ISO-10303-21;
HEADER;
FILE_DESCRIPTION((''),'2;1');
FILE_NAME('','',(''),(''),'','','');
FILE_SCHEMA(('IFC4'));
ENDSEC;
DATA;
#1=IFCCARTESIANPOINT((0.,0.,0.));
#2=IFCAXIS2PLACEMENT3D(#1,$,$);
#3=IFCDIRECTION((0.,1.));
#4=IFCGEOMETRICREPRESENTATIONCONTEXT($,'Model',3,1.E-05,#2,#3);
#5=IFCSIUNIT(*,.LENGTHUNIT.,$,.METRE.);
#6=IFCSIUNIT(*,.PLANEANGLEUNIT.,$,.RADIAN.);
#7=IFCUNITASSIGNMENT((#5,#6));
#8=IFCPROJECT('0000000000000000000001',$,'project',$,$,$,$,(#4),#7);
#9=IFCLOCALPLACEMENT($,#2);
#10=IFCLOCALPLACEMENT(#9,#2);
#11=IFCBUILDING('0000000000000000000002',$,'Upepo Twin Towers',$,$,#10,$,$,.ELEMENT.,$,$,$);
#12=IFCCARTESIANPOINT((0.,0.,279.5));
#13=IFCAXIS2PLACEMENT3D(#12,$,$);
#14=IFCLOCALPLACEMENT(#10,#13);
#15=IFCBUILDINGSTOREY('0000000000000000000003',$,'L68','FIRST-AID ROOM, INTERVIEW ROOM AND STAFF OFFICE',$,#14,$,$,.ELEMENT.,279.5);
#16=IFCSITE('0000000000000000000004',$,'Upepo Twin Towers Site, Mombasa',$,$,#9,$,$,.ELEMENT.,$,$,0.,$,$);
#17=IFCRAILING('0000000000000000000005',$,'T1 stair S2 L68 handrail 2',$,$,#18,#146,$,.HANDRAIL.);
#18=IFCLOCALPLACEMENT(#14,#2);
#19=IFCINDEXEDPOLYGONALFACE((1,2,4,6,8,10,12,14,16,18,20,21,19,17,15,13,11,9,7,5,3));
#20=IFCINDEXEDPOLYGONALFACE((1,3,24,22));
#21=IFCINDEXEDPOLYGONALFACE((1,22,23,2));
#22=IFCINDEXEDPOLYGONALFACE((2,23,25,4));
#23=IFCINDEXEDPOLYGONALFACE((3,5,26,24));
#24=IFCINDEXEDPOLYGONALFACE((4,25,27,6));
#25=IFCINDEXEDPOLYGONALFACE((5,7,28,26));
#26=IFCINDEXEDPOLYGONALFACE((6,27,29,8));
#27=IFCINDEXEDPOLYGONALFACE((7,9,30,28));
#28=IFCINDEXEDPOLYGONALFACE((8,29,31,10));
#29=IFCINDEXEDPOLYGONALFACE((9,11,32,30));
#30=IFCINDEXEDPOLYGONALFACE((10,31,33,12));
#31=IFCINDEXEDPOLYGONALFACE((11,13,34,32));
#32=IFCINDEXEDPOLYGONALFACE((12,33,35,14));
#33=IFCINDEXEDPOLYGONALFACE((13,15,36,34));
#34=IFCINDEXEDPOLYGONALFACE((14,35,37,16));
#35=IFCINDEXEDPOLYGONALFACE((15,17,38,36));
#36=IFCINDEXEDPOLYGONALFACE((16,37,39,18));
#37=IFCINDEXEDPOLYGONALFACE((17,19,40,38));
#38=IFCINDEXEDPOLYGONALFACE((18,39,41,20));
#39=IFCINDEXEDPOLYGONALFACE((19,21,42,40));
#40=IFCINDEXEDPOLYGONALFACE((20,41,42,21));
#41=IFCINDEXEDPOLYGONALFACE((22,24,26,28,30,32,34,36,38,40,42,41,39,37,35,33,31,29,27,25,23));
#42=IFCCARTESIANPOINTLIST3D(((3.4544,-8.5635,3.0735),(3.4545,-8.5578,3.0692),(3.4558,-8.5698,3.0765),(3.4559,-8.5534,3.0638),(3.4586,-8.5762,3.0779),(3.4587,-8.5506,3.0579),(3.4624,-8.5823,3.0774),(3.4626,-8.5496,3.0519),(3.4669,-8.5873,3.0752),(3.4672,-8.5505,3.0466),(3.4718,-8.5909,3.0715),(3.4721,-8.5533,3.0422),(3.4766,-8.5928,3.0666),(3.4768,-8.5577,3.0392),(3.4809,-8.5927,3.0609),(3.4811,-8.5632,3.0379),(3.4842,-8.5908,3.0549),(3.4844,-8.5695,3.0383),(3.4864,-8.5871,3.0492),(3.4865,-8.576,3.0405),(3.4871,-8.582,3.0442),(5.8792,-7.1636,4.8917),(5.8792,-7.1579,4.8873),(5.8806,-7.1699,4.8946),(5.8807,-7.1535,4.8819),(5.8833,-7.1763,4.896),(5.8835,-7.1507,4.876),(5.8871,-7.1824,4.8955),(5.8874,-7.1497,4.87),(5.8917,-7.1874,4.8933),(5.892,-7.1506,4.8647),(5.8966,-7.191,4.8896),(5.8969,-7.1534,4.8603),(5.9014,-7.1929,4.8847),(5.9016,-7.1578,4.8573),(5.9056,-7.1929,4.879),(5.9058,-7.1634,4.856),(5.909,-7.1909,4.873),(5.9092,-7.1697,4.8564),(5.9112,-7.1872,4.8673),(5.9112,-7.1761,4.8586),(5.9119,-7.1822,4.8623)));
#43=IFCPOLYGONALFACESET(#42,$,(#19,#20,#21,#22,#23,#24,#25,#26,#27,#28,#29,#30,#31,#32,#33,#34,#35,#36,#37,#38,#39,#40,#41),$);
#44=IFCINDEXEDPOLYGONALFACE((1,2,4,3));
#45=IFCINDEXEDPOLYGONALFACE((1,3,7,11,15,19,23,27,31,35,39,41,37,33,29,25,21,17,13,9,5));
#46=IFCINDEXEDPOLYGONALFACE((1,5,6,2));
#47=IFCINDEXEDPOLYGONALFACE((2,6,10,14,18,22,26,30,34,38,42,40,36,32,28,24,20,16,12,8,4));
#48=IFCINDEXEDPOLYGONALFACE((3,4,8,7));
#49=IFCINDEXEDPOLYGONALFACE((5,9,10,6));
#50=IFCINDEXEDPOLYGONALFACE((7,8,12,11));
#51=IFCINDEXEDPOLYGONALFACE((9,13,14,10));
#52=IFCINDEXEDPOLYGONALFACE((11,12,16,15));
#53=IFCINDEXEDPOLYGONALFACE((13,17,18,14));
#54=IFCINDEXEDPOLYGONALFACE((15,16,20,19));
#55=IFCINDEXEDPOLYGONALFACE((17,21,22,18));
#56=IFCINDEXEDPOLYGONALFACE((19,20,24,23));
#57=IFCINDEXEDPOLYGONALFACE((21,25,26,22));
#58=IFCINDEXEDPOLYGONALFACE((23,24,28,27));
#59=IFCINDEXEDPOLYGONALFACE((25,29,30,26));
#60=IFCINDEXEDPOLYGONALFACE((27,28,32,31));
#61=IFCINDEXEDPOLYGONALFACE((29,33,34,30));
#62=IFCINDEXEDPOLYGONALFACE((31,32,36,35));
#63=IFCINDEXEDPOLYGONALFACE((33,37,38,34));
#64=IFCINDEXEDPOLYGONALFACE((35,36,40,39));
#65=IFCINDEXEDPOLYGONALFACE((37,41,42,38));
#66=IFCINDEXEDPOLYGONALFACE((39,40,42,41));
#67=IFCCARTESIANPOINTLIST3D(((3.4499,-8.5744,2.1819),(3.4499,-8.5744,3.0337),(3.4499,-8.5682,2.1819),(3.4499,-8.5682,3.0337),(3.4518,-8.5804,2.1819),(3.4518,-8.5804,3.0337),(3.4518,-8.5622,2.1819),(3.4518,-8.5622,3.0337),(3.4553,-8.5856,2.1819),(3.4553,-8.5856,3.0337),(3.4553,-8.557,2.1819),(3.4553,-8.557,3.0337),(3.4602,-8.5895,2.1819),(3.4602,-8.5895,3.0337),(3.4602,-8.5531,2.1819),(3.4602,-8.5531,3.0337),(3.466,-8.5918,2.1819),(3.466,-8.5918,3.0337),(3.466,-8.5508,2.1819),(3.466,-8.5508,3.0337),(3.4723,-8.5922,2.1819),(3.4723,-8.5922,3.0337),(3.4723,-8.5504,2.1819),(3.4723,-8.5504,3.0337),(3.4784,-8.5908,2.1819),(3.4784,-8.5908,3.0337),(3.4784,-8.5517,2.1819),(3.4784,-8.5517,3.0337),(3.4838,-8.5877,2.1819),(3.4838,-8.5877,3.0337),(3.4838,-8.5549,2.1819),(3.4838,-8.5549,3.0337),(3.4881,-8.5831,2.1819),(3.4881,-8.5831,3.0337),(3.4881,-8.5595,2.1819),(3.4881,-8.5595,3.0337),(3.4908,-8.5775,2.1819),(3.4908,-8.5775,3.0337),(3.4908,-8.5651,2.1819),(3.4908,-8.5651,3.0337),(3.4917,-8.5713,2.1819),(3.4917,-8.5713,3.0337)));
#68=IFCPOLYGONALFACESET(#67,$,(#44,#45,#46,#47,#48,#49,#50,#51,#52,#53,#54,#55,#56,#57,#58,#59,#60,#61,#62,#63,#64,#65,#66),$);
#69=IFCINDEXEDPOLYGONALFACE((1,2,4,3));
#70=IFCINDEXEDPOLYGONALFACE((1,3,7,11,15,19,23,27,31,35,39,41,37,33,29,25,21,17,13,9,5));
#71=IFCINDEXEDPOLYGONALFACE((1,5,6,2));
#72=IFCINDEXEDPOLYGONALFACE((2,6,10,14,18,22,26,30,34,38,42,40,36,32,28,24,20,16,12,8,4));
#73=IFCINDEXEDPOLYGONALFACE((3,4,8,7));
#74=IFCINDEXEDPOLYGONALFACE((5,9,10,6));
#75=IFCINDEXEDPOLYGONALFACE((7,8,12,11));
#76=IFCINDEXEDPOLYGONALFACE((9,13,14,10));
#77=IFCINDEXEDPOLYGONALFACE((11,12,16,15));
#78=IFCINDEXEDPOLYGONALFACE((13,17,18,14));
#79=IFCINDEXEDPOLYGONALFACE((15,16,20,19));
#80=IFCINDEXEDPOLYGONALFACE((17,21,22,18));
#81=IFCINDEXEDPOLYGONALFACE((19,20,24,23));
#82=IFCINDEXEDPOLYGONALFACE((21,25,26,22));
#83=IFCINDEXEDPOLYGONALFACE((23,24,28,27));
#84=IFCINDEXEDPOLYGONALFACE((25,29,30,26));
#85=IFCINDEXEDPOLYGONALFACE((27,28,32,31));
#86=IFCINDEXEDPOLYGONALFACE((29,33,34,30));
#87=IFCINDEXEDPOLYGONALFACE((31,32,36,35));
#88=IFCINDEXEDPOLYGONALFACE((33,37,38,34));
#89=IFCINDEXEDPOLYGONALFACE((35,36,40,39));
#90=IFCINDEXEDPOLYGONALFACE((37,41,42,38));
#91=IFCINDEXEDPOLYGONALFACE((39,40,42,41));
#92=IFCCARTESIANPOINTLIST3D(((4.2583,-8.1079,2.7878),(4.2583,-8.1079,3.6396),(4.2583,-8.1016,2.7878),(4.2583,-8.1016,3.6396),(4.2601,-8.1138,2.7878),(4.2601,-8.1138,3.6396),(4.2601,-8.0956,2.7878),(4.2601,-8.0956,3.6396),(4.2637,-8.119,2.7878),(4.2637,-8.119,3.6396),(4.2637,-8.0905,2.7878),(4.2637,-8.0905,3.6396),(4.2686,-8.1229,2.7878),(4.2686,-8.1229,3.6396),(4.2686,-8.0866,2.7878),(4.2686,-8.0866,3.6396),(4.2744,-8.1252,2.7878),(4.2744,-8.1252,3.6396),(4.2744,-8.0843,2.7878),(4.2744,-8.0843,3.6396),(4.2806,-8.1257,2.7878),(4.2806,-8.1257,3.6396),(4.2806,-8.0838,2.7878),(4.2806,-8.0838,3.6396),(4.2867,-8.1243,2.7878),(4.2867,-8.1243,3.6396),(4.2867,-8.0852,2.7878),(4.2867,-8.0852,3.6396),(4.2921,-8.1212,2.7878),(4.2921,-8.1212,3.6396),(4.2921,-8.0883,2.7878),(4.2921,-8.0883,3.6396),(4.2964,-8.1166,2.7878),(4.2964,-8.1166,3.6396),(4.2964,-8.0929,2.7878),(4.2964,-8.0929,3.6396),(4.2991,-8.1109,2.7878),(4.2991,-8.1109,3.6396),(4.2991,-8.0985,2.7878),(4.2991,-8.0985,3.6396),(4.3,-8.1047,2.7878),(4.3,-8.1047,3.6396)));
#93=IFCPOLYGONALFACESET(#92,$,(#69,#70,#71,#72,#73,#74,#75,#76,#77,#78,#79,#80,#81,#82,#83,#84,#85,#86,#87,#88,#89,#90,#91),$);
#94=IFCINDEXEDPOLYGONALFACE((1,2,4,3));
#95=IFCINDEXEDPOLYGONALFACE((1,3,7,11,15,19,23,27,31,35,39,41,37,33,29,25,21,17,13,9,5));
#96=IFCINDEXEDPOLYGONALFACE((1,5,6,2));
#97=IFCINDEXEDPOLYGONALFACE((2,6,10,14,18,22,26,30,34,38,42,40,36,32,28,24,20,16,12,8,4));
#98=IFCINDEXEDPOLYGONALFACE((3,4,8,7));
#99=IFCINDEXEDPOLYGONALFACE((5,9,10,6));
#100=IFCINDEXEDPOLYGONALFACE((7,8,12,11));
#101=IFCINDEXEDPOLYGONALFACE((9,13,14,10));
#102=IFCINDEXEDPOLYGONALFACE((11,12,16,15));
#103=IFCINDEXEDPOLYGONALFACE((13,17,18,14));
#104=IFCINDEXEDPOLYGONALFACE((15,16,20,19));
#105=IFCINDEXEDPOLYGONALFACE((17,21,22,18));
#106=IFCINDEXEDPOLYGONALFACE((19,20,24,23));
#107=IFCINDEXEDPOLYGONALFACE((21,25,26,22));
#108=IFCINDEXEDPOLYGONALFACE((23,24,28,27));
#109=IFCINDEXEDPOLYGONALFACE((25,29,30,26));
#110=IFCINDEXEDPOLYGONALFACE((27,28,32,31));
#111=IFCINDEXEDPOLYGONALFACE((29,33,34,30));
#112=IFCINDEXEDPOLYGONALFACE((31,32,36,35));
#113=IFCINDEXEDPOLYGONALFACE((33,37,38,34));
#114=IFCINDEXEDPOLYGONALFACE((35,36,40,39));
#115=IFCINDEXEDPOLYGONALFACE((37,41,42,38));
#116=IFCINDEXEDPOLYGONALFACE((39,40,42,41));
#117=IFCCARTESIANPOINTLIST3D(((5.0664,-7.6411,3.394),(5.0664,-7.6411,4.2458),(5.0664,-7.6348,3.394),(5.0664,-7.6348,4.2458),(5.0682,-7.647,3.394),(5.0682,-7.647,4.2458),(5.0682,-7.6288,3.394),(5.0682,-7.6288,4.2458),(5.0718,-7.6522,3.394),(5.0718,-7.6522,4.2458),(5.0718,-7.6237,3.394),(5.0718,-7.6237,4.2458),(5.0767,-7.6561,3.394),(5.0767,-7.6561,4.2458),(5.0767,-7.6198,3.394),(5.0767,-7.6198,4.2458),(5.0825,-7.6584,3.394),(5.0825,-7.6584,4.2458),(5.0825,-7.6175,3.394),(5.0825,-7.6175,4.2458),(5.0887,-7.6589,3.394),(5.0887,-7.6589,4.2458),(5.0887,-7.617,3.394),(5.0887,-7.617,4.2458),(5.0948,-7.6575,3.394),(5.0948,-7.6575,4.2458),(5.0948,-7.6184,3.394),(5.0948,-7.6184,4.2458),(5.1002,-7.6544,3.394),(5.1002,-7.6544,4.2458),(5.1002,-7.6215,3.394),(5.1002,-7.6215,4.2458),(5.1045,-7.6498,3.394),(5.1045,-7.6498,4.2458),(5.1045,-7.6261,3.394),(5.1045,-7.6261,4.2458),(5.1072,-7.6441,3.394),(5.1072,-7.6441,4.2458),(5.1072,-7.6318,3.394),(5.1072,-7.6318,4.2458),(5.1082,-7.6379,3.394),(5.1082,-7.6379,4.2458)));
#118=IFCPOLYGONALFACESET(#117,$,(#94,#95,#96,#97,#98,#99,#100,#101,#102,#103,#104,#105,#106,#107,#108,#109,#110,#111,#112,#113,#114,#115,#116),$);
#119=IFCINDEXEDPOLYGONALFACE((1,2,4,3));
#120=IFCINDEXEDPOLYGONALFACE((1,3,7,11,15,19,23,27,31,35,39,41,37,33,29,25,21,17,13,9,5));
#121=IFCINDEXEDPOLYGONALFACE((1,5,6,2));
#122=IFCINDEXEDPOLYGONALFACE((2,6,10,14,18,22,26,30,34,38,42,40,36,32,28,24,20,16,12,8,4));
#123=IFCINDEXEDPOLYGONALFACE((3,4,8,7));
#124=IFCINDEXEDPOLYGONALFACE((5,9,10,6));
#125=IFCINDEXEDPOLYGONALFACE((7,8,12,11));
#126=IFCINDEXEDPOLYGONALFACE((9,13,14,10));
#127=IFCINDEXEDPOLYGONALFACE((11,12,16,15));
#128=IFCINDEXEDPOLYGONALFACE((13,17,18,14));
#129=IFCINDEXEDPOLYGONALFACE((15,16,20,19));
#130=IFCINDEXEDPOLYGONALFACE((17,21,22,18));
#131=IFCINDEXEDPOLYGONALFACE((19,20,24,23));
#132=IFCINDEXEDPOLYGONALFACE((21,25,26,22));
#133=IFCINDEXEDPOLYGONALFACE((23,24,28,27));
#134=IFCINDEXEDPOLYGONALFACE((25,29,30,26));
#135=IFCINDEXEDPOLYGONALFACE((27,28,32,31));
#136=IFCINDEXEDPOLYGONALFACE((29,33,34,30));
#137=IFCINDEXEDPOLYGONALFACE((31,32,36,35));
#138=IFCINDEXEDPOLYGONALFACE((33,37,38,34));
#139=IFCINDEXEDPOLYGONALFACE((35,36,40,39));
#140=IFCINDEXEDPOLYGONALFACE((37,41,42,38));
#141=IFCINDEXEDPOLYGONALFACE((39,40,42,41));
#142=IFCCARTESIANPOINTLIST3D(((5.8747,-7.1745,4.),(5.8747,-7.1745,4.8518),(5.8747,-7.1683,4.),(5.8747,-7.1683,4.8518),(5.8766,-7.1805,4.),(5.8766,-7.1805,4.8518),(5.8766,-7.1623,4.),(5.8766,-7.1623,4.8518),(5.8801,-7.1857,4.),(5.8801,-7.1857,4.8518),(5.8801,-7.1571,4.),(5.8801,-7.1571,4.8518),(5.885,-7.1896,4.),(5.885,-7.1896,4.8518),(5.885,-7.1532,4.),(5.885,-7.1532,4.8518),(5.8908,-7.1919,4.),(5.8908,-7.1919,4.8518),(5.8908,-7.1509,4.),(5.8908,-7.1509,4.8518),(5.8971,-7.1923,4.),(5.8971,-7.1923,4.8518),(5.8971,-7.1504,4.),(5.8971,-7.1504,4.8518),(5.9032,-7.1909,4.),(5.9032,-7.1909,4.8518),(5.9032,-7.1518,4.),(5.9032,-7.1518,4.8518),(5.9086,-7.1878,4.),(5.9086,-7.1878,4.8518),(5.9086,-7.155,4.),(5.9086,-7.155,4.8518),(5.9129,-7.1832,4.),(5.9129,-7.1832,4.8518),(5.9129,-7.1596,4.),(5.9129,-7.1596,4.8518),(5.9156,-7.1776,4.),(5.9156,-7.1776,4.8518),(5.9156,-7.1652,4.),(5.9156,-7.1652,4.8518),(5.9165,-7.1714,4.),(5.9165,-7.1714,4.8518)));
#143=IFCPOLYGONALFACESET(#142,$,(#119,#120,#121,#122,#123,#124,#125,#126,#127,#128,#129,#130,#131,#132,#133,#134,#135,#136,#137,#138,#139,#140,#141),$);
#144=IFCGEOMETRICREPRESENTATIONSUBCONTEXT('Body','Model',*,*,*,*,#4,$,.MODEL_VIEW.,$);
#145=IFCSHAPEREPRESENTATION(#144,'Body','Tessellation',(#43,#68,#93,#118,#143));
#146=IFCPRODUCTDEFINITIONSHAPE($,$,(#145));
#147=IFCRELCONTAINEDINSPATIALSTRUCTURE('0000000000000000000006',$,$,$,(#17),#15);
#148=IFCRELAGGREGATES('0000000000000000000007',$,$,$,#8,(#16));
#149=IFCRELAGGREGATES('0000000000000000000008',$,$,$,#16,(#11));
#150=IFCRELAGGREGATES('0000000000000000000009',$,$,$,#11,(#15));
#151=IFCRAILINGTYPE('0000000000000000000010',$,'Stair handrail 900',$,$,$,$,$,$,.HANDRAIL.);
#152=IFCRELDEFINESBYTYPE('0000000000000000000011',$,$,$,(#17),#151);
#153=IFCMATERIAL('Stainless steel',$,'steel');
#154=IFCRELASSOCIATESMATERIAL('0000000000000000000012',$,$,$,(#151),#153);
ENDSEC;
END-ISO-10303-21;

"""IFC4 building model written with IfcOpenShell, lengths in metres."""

from ifc_helpers import new_model, si_unit, direction, frame, origin, origin_2d, place, context, subcontext, project, spatial, circle, extrude, material, type_object, element, save


model = new_model("IFC4")

# Units and contexts
model_context = context("Model", 3, precision=1e-05, world=origin(), true_north=direction((0.0, 1.0)))
body_context = subcontext(model_context, "Body", "Model", "MODEL_VIEW")
ifc_project = project(units=[si_unit("LENGTHUNIT", "METRE"), si_unit("PLANEANGLEUNIT", "RADIAN")], contexts=[model_context])

# Site, building, storey
site_placement = place(None, origin())
site = spatial("IfcSite", under=ifc_project, at=site_placement, Name="Upepo Twin Towers Site, Mombasa", CompositionType="ELEMENT", RefElevation=0.0)
building_placement = place(site_placement, origin())
building = spatial("IfcBuilding", under=site, at=building_placement, Name="Upepo Twin Towers", CompositionType="ELEMENT")
storey_placement = place(building_placement, frame((0.0, 0.0, 279.5)))
storey = spatial("IfcBuildingStorey", under=building, at=storey_placement, Name="L68", Description="FIRST-AID ROOM, INTERVIEW ROOM AND STAFF OFFICE", CompositionType="ELEMENT", Elevation=279.5)

# Railing
ifc_material_1 = material(Name="Stainless steel", Category="steel")
railing_type = type_object("IfcRailingType", Name="Stair handrail 900", PredefinedType="HANDRAIL", material=ifc_material_1)
railing_1_placement = place(storey_placement, frame((3.4707, -8.5713, 2.1819)))
element("IfcRailing", 1, at=railing_1_placement, inside=storey, type_object=railing_type, Name="T1 stair S2 L68 handrail 2", PredefinedType="HANDRAIL", context=body_context, shape_type="SweptSolid", body=[
    extrude(circle(Radius=0.0239, at=origin_2d()), frame((0.0, 0.0, 0.876), z_axis=(0.726336, 0.419333, 0.544606), x_axis=(-0.499984, 0.866035, 0.0)), (0.0, 0.0, 1.0), 3.3384),
    extrude(circle(Radius=0.021, at=origin_2d()), origin(), (0.0, 0.0, 1.0), 0.8518),
    extrude(circle(Radius=0.021, at=origin_2d()), frame((0.8083, 0.4666, 0.606)), (0.0, 0.0, 1.0), 0.8518),
    extrude(circle(Radius=0.021, at=origin_2d()), frame((1.6165, 0.9333, 1.2122)), (0.0, 0.0, 1.0), 0.8518),
    extrude(circle(Radius=0.021, at=origin_2d()), frame((2.4248, 1.3999, 1.8181)), (0.0, 0.0, 1.0), 0.8518),
])

save(model, "model.ifc")
